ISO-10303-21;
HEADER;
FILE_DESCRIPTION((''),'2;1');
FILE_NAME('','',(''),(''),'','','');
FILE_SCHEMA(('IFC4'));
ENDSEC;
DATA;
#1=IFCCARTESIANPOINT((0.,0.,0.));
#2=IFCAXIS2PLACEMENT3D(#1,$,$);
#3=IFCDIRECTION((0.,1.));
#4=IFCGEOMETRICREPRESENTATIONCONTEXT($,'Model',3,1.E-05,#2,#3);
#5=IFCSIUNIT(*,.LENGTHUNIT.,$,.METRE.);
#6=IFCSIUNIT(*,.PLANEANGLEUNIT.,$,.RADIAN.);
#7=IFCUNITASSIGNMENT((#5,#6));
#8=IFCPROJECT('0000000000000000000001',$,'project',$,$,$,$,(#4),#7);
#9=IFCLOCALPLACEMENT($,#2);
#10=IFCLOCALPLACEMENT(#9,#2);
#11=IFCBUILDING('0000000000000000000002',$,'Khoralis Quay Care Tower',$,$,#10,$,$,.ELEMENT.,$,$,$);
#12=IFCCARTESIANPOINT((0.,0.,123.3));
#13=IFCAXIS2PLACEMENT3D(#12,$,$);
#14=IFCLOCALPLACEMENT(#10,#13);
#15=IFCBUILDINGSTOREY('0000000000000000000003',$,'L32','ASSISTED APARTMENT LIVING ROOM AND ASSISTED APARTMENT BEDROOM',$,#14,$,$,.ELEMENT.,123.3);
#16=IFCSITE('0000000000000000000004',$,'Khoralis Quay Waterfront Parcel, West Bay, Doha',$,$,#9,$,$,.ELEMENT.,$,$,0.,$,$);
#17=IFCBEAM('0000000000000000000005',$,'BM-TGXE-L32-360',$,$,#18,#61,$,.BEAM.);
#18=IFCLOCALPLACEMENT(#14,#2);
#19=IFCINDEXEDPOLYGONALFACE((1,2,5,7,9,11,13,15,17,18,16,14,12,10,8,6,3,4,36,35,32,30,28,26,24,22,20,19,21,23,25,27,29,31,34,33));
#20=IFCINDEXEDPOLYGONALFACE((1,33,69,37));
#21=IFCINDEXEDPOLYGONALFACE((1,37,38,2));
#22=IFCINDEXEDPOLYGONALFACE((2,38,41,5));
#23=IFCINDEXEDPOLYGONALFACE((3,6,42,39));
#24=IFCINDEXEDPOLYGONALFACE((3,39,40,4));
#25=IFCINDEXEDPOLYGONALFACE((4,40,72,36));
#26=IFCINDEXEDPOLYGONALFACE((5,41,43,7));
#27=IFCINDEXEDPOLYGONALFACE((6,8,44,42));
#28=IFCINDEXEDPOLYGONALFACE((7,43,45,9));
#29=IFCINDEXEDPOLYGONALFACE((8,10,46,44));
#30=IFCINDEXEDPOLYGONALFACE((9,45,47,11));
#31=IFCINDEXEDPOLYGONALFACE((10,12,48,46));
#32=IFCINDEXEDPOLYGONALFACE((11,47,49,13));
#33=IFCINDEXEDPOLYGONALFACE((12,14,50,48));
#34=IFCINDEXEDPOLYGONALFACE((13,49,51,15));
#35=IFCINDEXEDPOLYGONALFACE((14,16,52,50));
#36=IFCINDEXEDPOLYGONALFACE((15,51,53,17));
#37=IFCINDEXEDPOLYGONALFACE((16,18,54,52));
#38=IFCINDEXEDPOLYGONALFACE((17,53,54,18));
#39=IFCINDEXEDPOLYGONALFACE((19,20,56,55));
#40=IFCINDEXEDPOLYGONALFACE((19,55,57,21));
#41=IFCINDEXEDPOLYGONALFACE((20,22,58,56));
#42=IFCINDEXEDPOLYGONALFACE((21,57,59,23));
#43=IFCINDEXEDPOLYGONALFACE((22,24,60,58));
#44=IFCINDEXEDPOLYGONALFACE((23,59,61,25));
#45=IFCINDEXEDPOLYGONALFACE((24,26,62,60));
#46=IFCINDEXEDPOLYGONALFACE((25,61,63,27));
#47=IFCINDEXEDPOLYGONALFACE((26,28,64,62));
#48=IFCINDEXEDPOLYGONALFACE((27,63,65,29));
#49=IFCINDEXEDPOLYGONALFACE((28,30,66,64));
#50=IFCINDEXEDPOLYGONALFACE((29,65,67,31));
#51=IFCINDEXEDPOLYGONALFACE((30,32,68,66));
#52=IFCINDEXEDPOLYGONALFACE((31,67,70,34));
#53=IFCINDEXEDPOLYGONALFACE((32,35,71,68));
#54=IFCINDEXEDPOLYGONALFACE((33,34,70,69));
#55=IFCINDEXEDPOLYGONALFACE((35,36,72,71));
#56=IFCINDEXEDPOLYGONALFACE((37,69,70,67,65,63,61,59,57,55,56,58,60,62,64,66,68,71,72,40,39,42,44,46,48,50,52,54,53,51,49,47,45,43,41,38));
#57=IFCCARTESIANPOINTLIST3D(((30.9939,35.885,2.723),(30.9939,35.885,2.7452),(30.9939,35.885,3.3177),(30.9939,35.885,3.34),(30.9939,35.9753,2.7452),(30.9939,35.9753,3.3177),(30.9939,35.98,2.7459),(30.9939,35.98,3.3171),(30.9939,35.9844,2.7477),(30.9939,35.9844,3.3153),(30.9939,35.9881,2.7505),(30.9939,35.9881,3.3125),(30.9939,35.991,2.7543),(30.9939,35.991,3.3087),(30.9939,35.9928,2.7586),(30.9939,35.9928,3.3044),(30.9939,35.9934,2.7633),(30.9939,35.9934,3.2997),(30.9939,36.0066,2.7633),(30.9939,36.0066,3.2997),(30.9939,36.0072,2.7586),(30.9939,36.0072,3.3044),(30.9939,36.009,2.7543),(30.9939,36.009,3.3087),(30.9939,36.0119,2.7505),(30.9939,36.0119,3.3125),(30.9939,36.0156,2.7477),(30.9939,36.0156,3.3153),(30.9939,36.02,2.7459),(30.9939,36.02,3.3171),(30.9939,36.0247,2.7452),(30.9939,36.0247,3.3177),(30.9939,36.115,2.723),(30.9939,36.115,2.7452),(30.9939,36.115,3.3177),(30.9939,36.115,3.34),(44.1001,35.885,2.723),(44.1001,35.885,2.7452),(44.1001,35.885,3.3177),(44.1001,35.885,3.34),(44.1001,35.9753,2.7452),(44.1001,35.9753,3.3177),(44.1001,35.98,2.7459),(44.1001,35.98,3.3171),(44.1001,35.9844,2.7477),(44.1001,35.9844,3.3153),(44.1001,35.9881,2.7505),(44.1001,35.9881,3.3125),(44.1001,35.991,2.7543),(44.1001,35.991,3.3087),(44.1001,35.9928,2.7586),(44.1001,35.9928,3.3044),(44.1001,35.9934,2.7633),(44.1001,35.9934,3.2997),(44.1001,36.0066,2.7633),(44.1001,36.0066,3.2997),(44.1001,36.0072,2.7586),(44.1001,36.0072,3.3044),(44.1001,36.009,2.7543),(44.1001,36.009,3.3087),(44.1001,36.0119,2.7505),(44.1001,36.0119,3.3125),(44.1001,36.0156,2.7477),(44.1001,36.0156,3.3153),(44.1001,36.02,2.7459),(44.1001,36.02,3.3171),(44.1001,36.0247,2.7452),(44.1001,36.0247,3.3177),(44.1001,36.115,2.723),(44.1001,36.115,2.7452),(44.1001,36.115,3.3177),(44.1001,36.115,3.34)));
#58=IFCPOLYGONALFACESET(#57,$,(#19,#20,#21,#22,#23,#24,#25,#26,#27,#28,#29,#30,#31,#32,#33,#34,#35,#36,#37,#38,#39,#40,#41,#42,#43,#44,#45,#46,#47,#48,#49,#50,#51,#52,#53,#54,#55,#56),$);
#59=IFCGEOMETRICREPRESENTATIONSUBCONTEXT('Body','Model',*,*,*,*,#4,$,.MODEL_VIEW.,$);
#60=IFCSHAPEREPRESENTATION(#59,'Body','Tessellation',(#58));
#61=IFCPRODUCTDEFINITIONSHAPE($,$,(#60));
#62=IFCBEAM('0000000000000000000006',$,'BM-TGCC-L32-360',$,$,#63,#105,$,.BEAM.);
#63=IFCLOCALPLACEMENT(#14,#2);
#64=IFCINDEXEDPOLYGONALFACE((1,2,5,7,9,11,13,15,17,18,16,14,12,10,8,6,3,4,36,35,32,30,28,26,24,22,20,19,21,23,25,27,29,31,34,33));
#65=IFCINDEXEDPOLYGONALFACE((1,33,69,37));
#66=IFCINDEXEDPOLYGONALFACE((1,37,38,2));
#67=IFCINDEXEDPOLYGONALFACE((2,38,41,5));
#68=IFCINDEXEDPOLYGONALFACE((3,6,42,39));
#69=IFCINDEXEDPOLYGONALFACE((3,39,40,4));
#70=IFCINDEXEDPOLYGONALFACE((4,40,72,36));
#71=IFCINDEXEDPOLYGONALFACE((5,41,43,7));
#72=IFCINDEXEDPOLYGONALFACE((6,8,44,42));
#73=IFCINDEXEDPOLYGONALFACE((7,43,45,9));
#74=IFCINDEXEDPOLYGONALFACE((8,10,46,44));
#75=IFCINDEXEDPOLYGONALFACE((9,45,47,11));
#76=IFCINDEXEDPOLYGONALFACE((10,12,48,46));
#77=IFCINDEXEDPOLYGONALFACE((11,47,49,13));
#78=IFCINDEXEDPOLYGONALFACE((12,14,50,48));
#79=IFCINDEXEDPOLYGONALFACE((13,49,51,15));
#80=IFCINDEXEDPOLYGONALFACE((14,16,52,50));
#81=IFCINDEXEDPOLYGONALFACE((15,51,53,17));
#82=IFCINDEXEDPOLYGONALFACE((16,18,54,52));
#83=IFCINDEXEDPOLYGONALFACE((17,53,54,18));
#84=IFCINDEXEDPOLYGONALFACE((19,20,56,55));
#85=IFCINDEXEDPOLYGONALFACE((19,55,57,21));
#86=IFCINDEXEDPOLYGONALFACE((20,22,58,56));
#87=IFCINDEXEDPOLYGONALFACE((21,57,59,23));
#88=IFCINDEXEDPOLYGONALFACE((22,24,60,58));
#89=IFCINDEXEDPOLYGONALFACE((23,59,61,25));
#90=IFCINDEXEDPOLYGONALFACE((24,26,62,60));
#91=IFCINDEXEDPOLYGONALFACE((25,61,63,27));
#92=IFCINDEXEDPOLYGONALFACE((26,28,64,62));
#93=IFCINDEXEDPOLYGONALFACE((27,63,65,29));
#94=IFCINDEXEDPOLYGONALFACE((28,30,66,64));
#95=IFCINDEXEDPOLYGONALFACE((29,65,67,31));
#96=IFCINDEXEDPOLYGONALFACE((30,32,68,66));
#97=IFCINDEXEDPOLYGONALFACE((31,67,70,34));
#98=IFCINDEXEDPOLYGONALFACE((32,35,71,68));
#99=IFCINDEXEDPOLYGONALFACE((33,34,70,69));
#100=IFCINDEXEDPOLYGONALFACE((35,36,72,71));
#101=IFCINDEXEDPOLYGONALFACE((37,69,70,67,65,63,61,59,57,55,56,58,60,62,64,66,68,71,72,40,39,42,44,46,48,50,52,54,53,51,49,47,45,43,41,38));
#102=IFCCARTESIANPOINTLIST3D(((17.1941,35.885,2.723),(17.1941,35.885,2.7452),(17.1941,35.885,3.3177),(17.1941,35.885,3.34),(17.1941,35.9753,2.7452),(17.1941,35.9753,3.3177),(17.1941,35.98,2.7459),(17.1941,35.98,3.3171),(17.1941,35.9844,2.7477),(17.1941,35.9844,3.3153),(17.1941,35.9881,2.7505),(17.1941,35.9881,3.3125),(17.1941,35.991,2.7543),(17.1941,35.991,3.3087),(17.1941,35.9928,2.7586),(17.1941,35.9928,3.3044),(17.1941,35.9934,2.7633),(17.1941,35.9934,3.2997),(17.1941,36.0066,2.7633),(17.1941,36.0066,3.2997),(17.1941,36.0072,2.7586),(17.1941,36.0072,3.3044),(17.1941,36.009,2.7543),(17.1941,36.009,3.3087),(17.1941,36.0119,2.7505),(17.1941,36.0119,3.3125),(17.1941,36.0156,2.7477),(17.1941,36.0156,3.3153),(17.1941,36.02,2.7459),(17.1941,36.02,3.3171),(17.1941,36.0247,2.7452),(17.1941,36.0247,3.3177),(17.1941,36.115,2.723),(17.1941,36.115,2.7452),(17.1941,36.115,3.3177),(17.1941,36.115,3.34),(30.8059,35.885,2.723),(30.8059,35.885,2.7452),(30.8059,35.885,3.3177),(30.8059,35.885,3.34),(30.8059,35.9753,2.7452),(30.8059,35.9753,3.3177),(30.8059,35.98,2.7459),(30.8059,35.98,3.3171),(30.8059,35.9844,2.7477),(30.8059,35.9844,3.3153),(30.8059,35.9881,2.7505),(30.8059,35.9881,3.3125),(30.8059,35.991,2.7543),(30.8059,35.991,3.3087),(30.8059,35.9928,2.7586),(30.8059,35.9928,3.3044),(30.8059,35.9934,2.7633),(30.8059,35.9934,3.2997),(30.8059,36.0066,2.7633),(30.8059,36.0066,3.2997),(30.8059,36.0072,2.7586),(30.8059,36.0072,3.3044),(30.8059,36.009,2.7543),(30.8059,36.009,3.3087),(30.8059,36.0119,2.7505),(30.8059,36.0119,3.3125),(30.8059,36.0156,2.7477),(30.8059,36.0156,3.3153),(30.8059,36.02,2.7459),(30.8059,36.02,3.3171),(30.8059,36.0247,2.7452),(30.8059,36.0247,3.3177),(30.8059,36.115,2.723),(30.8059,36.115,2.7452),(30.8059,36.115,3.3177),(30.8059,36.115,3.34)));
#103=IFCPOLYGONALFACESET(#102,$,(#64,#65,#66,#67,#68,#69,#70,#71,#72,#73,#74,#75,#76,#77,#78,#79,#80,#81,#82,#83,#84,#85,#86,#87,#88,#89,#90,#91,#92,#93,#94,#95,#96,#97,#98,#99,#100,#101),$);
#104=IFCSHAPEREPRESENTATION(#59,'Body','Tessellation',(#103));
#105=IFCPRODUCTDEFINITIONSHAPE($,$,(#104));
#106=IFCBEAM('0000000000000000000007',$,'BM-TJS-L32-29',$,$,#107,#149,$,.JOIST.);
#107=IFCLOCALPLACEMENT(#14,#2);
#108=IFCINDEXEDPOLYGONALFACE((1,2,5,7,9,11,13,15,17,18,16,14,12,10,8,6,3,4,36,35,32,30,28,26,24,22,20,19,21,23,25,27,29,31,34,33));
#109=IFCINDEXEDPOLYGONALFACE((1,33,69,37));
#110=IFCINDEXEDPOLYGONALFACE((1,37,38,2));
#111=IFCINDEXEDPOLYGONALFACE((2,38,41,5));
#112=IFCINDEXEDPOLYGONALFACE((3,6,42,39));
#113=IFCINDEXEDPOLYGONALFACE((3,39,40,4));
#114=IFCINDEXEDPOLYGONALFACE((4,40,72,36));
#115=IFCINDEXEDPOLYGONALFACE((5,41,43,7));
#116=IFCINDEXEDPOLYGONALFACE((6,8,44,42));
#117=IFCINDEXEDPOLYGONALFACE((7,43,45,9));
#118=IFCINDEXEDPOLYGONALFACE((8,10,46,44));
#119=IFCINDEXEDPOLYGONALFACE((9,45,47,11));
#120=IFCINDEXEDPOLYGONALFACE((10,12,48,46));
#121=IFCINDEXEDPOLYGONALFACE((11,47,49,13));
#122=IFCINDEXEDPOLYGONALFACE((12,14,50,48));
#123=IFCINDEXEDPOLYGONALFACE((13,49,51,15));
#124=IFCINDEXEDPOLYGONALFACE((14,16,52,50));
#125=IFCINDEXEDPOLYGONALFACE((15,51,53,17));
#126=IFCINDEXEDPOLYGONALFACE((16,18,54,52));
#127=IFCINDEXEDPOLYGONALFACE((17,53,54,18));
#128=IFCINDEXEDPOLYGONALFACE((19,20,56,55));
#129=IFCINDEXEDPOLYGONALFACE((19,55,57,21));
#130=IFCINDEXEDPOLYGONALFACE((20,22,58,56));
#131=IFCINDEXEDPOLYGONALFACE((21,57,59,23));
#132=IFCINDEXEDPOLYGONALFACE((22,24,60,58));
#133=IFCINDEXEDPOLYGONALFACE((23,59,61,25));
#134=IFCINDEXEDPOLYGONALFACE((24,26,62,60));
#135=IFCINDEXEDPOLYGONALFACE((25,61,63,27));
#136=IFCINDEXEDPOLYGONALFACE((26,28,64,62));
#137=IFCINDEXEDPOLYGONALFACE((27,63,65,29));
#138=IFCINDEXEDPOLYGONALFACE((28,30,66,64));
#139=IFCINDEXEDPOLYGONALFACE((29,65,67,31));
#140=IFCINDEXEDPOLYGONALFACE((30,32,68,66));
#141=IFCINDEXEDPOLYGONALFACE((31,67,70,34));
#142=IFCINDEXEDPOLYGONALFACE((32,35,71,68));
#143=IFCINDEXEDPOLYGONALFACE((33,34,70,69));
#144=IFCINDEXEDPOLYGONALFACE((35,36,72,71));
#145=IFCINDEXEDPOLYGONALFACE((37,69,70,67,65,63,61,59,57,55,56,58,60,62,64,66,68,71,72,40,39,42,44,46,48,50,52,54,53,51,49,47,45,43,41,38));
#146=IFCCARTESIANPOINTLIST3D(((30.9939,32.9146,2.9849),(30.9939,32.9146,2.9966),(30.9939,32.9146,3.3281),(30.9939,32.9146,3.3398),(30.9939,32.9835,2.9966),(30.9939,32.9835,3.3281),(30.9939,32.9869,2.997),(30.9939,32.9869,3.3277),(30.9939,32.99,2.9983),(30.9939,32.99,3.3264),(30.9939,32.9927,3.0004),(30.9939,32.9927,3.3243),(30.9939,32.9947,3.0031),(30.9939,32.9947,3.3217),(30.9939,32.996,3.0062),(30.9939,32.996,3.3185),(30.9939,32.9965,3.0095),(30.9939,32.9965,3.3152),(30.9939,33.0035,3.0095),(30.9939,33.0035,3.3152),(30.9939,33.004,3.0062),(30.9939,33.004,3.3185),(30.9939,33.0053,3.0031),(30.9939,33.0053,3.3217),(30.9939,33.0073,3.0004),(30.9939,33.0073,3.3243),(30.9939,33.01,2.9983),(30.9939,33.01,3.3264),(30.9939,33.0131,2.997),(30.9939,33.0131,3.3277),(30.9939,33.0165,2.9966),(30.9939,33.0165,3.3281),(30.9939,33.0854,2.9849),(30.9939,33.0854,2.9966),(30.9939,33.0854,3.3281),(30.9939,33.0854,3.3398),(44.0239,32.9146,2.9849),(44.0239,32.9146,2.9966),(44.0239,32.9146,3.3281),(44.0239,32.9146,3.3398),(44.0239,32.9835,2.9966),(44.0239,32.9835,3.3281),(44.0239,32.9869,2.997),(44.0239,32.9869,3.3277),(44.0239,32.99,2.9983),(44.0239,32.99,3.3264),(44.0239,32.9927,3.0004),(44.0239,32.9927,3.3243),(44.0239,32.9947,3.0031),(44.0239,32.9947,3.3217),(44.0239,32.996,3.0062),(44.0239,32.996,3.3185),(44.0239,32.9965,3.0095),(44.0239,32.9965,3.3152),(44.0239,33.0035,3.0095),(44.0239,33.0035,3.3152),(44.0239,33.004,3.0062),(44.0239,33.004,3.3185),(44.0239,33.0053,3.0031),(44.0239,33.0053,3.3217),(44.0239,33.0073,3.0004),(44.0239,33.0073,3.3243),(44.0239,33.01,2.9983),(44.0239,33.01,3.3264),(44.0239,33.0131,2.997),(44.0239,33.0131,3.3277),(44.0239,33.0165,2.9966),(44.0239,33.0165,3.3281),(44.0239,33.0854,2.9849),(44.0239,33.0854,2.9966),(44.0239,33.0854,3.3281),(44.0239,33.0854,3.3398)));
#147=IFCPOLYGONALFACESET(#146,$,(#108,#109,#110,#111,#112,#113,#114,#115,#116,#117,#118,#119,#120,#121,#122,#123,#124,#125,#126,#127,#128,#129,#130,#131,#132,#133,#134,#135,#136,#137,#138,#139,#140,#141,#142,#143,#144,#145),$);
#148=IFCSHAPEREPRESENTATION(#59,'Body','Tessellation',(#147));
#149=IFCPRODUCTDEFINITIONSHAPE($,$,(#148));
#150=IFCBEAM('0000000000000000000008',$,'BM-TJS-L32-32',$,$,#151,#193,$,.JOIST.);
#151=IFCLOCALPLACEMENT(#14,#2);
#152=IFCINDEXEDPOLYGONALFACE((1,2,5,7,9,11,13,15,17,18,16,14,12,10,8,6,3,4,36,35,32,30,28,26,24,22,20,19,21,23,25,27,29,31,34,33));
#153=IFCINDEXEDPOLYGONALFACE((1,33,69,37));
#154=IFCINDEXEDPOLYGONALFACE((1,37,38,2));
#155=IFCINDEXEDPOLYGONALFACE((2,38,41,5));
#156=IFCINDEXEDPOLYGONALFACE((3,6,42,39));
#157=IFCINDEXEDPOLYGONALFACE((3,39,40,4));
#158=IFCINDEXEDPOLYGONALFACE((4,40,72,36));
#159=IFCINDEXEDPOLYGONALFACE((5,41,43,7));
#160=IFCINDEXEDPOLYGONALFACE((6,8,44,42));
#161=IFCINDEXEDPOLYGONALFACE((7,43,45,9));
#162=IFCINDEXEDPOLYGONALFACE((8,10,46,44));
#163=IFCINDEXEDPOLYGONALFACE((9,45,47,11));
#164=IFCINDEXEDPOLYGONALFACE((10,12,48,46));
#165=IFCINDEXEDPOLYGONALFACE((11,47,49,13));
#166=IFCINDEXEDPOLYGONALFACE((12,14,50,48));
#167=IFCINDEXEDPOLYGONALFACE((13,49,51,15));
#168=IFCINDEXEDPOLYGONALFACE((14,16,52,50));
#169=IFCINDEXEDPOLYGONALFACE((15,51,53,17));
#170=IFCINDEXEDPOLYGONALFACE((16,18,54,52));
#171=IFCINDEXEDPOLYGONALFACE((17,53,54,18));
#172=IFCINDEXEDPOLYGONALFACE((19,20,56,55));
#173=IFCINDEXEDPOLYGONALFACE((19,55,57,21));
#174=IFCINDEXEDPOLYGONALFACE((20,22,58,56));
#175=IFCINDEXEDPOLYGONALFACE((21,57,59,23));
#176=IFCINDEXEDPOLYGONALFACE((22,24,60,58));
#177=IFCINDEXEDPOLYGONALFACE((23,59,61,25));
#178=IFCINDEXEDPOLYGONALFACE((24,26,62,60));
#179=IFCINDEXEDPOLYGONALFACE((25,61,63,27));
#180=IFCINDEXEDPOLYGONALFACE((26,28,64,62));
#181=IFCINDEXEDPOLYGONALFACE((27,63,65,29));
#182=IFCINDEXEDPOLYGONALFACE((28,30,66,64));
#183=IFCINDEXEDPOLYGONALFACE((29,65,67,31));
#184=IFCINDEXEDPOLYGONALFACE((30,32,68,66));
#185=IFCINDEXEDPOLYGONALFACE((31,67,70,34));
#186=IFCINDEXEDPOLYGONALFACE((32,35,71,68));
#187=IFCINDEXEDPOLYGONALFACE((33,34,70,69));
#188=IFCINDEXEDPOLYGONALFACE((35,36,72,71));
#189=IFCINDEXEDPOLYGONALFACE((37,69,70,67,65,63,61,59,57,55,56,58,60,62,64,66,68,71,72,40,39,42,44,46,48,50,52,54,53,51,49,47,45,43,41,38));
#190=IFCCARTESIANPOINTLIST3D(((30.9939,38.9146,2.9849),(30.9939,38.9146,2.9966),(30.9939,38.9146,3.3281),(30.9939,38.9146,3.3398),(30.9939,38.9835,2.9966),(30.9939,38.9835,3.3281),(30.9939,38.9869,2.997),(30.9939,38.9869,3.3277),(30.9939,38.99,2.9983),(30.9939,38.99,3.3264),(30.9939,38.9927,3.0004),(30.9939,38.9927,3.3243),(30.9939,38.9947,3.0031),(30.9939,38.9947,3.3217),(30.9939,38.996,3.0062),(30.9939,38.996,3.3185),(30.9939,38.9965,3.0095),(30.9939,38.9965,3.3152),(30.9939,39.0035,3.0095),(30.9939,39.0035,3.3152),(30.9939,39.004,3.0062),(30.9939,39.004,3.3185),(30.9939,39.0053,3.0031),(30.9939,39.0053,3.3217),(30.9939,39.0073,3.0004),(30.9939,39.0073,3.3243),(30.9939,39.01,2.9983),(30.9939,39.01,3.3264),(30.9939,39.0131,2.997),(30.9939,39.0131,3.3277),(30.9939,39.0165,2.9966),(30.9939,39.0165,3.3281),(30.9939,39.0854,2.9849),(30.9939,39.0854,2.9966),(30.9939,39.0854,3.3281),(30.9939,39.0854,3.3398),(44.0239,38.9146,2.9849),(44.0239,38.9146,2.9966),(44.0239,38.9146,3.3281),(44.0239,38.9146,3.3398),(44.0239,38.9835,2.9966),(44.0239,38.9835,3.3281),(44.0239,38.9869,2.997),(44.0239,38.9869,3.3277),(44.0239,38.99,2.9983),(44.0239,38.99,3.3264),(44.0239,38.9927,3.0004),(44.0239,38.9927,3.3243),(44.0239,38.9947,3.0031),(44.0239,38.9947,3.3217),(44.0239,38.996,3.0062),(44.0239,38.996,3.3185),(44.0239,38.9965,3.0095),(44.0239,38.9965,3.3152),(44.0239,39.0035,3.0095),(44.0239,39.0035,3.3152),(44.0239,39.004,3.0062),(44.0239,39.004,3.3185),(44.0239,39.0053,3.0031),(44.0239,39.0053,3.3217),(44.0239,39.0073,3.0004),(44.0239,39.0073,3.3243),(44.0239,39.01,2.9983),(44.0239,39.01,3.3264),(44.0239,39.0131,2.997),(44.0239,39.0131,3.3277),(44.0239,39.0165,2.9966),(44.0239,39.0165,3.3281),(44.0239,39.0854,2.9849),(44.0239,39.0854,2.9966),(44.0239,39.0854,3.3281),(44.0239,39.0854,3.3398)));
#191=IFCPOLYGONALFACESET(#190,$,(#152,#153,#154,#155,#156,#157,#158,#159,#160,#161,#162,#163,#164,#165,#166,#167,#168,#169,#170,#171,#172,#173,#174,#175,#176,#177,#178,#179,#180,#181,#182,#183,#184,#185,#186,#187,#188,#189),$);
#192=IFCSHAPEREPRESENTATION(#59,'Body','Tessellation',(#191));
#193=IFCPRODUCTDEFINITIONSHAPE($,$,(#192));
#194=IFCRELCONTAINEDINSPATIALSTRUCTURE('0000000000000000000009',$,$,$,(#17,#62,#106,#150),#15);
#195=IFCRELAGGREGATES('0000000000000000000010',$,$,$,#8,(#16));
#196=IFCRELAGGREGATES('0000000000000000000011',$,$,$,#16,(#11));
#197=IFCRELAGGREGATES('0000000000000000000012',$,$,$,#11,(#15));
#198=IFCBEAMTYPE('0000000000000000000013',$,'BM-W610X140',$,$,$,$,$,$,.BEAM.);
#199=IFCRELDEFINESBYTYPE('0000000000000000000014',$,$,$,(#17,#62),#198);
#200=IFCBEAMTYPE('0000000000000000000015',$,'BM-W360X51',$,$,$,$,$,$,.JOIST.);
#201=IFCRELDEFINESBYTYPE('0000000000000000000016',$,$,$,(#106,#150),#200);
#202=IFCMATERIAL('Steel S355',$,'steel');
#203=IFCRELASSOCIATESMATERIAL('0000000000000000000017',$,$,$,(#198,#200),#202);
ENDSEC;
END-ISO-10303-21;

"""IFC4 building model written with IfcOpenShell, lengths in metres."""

from ifc_helpers import new_model, si_unit, direction, frame, origin, origin_2d, place, context, subcontext, project, spatial, i_section, extrude, source, transform, mapped, material, material_profile, profile_set, type_object, element, save


model = new_model("IFC4")

# Units and contexts
model_context = context("Model", 3, precision=1e-05, world=origin(), true_north=direction((0.0, 1.0)))
body_context = subcontext(model_context, "Body", "Model", "MODEL_VIEW")
ifc_project = project(units=[si_unit("LENGTHUNIT", "METRE"), si_unit("PLANEANGLEUNIT", "RADIAN")], contexts=[model_context])

# Site, building, storey
site_placement = place(None, origin())
site = spatial("IfcSite", under=ifc_project, at=site_placement, Name="Khoralis Quay Waterfront Parcel, West Bay, Doha", CompositionType="ELEMENT", RefElevation=0.0)
building_placement = place(site_placement, origin())
building = spatial("IfcBuilding", under=site, at=building_placement, Name="Khoralis Quay Care Tower", CompositionType="ELEMENT")
storey_placement = place(building_placement, frame((0.0, 0.0, 123.3)))
storey = spatial("IfcBuildingStorey", under=building, at=storey_placement, Name="L32", Description="ASSISTED APARTMENT LIVING ROOM AND ASSISTED APARTMENT BEDROOM", CompositionType="ELEMENT", Elevation=123.3)

# Beams
ifc_material_1 = material(Name="Steel S355", Category="steel")
ifc_material_profile_1 = material_profile(ifc_material_1, i_section(OverallWidth=0.23, OverallDepth=0.6169, WebThickness=0.0132, FlangeThickness=0.0222, FilletRadius=0.0181, at=origin_2d()), Name="Steel S355")
ifc_profile_set_1 = profile_set([ifc_material_profile_1], Name="Steel S355")
beam_type_1 = type_object("IfcBeamType", Name="BM-W610X140", PredefinedType="BEAM", material=ifc_profile_set_1)
shared_shape_1 = source(origin(), body_context, "Body", "SweptSolid", [
    extrude(i_section(OverallWidth=0.23, OverallDepth=0.6169, WebThickness=0.0132, FlangeThickness=0.0222, FilletRadius=0.0181, at=origin_2d()), origin(), (0.0, 0.0, 1.0), 13.1062),
])
beam_1_placement = place(storey_placement, frame((30.9939, 36.0, 3.0315), z_axis=(1.0, 0.0, 0.0), x_axis=(0.0, 1.0, 0.0)))
element("IfcBeam", 1, at=beam_1_placement, inside=storey, type_object=beam_type_1, Name="BM-TGXE-L32-360", PredefinedType="BEAM", context=body_context, shape_type="MappedRepresentation", body=[
    mapped(shared_shape_1, transform((0.0, 0.0, 0.0), scale=1.0)),
])
shared_shape_2 = source(origin(), body_context, "Body", "SweptSolid", [
    extrude(i_section(OverallWidth=0.23, OverallDepth=0.6169, WebThickness=0.0132, FlangeThickness=0.0222, FilletRadius=0.0181, at=origin_2d()), origin(), (0.0, 0.0, 1.0), 13.6118),
])
beam_2_placement = place(storey_placement, frame((17.1941, 36.0, 3.0315), z_axis=(1.0, 0.0, 0.0), x_axis=(0.0, 1.0, 0.0)))
element("IfcBeam", 2, at=beam_2_placement, inside=storey, type_object=beam_type_1, Name="BM-TGCC-L32-360", PredefinedType="BEAM", context=body_context, shape_type="MappedRepresentation", body=[
    mapped(shared_shape_2, transform((0.0, 0.0, 0.0), scale=1.0)),
])
ifc_material_profile_2 = material_profile(ifc_material_1, i_section(OverallWidth=0.1709, OverallDepth=0.355, WebThickness=0.0071, FlangeThickness=0.0117, FilletRadius=0.0129, at=origin_2d()), Name="Steel S355")
ifc_profile_set_2 = profile_set([ifc_material_profile_2], Name="Steel S355")
beam_type_2 = type_object("IfcBeamType", Name="BM-W360X51", PredefinedType="JOIST", material=ifc_profile_set_2)
shared_shape_3 = source(origin(), body_context, "Body", "SweptSolid", [
    extrude(i_section(OverallWidth=0.1709, OverallDepth=0.355, WebThickness=0.0071, FlangeThickness=0.0117, FilletRadius=0.0129, at=origin_2d()), origin(), (0.0, 0.0, 1.0), 13.03),
])
for number, where, z_axis, x_axis, name in (
    (3, (30.9939, 33.0, 3.1624), (1.0, 0.0, 0.0), (0.0, 1.0, 0.0), "BM-TJS-L32-29"),
    (4, (30.9939, 39.0, 3.1624), (1.0, 0.0, 0.0), (0.0, 1.0, 0.0), "BM-TJS-L32-32"),
):
    element("IfcBeam", number, at=place(storey_placement, frame(where, z_axis=z_axis, x_axis=x_axis)), inside=storey, type_object=beam_type_2, Name=name, PredefinedType="JOIST", context=body_context, shape_type="MappedRepresentation", body=[
        mapped(shared_shape_3, transform((0.0, 0.0, 0.0), scale=1.0)),
    ])

save(model, "model.ifc")
